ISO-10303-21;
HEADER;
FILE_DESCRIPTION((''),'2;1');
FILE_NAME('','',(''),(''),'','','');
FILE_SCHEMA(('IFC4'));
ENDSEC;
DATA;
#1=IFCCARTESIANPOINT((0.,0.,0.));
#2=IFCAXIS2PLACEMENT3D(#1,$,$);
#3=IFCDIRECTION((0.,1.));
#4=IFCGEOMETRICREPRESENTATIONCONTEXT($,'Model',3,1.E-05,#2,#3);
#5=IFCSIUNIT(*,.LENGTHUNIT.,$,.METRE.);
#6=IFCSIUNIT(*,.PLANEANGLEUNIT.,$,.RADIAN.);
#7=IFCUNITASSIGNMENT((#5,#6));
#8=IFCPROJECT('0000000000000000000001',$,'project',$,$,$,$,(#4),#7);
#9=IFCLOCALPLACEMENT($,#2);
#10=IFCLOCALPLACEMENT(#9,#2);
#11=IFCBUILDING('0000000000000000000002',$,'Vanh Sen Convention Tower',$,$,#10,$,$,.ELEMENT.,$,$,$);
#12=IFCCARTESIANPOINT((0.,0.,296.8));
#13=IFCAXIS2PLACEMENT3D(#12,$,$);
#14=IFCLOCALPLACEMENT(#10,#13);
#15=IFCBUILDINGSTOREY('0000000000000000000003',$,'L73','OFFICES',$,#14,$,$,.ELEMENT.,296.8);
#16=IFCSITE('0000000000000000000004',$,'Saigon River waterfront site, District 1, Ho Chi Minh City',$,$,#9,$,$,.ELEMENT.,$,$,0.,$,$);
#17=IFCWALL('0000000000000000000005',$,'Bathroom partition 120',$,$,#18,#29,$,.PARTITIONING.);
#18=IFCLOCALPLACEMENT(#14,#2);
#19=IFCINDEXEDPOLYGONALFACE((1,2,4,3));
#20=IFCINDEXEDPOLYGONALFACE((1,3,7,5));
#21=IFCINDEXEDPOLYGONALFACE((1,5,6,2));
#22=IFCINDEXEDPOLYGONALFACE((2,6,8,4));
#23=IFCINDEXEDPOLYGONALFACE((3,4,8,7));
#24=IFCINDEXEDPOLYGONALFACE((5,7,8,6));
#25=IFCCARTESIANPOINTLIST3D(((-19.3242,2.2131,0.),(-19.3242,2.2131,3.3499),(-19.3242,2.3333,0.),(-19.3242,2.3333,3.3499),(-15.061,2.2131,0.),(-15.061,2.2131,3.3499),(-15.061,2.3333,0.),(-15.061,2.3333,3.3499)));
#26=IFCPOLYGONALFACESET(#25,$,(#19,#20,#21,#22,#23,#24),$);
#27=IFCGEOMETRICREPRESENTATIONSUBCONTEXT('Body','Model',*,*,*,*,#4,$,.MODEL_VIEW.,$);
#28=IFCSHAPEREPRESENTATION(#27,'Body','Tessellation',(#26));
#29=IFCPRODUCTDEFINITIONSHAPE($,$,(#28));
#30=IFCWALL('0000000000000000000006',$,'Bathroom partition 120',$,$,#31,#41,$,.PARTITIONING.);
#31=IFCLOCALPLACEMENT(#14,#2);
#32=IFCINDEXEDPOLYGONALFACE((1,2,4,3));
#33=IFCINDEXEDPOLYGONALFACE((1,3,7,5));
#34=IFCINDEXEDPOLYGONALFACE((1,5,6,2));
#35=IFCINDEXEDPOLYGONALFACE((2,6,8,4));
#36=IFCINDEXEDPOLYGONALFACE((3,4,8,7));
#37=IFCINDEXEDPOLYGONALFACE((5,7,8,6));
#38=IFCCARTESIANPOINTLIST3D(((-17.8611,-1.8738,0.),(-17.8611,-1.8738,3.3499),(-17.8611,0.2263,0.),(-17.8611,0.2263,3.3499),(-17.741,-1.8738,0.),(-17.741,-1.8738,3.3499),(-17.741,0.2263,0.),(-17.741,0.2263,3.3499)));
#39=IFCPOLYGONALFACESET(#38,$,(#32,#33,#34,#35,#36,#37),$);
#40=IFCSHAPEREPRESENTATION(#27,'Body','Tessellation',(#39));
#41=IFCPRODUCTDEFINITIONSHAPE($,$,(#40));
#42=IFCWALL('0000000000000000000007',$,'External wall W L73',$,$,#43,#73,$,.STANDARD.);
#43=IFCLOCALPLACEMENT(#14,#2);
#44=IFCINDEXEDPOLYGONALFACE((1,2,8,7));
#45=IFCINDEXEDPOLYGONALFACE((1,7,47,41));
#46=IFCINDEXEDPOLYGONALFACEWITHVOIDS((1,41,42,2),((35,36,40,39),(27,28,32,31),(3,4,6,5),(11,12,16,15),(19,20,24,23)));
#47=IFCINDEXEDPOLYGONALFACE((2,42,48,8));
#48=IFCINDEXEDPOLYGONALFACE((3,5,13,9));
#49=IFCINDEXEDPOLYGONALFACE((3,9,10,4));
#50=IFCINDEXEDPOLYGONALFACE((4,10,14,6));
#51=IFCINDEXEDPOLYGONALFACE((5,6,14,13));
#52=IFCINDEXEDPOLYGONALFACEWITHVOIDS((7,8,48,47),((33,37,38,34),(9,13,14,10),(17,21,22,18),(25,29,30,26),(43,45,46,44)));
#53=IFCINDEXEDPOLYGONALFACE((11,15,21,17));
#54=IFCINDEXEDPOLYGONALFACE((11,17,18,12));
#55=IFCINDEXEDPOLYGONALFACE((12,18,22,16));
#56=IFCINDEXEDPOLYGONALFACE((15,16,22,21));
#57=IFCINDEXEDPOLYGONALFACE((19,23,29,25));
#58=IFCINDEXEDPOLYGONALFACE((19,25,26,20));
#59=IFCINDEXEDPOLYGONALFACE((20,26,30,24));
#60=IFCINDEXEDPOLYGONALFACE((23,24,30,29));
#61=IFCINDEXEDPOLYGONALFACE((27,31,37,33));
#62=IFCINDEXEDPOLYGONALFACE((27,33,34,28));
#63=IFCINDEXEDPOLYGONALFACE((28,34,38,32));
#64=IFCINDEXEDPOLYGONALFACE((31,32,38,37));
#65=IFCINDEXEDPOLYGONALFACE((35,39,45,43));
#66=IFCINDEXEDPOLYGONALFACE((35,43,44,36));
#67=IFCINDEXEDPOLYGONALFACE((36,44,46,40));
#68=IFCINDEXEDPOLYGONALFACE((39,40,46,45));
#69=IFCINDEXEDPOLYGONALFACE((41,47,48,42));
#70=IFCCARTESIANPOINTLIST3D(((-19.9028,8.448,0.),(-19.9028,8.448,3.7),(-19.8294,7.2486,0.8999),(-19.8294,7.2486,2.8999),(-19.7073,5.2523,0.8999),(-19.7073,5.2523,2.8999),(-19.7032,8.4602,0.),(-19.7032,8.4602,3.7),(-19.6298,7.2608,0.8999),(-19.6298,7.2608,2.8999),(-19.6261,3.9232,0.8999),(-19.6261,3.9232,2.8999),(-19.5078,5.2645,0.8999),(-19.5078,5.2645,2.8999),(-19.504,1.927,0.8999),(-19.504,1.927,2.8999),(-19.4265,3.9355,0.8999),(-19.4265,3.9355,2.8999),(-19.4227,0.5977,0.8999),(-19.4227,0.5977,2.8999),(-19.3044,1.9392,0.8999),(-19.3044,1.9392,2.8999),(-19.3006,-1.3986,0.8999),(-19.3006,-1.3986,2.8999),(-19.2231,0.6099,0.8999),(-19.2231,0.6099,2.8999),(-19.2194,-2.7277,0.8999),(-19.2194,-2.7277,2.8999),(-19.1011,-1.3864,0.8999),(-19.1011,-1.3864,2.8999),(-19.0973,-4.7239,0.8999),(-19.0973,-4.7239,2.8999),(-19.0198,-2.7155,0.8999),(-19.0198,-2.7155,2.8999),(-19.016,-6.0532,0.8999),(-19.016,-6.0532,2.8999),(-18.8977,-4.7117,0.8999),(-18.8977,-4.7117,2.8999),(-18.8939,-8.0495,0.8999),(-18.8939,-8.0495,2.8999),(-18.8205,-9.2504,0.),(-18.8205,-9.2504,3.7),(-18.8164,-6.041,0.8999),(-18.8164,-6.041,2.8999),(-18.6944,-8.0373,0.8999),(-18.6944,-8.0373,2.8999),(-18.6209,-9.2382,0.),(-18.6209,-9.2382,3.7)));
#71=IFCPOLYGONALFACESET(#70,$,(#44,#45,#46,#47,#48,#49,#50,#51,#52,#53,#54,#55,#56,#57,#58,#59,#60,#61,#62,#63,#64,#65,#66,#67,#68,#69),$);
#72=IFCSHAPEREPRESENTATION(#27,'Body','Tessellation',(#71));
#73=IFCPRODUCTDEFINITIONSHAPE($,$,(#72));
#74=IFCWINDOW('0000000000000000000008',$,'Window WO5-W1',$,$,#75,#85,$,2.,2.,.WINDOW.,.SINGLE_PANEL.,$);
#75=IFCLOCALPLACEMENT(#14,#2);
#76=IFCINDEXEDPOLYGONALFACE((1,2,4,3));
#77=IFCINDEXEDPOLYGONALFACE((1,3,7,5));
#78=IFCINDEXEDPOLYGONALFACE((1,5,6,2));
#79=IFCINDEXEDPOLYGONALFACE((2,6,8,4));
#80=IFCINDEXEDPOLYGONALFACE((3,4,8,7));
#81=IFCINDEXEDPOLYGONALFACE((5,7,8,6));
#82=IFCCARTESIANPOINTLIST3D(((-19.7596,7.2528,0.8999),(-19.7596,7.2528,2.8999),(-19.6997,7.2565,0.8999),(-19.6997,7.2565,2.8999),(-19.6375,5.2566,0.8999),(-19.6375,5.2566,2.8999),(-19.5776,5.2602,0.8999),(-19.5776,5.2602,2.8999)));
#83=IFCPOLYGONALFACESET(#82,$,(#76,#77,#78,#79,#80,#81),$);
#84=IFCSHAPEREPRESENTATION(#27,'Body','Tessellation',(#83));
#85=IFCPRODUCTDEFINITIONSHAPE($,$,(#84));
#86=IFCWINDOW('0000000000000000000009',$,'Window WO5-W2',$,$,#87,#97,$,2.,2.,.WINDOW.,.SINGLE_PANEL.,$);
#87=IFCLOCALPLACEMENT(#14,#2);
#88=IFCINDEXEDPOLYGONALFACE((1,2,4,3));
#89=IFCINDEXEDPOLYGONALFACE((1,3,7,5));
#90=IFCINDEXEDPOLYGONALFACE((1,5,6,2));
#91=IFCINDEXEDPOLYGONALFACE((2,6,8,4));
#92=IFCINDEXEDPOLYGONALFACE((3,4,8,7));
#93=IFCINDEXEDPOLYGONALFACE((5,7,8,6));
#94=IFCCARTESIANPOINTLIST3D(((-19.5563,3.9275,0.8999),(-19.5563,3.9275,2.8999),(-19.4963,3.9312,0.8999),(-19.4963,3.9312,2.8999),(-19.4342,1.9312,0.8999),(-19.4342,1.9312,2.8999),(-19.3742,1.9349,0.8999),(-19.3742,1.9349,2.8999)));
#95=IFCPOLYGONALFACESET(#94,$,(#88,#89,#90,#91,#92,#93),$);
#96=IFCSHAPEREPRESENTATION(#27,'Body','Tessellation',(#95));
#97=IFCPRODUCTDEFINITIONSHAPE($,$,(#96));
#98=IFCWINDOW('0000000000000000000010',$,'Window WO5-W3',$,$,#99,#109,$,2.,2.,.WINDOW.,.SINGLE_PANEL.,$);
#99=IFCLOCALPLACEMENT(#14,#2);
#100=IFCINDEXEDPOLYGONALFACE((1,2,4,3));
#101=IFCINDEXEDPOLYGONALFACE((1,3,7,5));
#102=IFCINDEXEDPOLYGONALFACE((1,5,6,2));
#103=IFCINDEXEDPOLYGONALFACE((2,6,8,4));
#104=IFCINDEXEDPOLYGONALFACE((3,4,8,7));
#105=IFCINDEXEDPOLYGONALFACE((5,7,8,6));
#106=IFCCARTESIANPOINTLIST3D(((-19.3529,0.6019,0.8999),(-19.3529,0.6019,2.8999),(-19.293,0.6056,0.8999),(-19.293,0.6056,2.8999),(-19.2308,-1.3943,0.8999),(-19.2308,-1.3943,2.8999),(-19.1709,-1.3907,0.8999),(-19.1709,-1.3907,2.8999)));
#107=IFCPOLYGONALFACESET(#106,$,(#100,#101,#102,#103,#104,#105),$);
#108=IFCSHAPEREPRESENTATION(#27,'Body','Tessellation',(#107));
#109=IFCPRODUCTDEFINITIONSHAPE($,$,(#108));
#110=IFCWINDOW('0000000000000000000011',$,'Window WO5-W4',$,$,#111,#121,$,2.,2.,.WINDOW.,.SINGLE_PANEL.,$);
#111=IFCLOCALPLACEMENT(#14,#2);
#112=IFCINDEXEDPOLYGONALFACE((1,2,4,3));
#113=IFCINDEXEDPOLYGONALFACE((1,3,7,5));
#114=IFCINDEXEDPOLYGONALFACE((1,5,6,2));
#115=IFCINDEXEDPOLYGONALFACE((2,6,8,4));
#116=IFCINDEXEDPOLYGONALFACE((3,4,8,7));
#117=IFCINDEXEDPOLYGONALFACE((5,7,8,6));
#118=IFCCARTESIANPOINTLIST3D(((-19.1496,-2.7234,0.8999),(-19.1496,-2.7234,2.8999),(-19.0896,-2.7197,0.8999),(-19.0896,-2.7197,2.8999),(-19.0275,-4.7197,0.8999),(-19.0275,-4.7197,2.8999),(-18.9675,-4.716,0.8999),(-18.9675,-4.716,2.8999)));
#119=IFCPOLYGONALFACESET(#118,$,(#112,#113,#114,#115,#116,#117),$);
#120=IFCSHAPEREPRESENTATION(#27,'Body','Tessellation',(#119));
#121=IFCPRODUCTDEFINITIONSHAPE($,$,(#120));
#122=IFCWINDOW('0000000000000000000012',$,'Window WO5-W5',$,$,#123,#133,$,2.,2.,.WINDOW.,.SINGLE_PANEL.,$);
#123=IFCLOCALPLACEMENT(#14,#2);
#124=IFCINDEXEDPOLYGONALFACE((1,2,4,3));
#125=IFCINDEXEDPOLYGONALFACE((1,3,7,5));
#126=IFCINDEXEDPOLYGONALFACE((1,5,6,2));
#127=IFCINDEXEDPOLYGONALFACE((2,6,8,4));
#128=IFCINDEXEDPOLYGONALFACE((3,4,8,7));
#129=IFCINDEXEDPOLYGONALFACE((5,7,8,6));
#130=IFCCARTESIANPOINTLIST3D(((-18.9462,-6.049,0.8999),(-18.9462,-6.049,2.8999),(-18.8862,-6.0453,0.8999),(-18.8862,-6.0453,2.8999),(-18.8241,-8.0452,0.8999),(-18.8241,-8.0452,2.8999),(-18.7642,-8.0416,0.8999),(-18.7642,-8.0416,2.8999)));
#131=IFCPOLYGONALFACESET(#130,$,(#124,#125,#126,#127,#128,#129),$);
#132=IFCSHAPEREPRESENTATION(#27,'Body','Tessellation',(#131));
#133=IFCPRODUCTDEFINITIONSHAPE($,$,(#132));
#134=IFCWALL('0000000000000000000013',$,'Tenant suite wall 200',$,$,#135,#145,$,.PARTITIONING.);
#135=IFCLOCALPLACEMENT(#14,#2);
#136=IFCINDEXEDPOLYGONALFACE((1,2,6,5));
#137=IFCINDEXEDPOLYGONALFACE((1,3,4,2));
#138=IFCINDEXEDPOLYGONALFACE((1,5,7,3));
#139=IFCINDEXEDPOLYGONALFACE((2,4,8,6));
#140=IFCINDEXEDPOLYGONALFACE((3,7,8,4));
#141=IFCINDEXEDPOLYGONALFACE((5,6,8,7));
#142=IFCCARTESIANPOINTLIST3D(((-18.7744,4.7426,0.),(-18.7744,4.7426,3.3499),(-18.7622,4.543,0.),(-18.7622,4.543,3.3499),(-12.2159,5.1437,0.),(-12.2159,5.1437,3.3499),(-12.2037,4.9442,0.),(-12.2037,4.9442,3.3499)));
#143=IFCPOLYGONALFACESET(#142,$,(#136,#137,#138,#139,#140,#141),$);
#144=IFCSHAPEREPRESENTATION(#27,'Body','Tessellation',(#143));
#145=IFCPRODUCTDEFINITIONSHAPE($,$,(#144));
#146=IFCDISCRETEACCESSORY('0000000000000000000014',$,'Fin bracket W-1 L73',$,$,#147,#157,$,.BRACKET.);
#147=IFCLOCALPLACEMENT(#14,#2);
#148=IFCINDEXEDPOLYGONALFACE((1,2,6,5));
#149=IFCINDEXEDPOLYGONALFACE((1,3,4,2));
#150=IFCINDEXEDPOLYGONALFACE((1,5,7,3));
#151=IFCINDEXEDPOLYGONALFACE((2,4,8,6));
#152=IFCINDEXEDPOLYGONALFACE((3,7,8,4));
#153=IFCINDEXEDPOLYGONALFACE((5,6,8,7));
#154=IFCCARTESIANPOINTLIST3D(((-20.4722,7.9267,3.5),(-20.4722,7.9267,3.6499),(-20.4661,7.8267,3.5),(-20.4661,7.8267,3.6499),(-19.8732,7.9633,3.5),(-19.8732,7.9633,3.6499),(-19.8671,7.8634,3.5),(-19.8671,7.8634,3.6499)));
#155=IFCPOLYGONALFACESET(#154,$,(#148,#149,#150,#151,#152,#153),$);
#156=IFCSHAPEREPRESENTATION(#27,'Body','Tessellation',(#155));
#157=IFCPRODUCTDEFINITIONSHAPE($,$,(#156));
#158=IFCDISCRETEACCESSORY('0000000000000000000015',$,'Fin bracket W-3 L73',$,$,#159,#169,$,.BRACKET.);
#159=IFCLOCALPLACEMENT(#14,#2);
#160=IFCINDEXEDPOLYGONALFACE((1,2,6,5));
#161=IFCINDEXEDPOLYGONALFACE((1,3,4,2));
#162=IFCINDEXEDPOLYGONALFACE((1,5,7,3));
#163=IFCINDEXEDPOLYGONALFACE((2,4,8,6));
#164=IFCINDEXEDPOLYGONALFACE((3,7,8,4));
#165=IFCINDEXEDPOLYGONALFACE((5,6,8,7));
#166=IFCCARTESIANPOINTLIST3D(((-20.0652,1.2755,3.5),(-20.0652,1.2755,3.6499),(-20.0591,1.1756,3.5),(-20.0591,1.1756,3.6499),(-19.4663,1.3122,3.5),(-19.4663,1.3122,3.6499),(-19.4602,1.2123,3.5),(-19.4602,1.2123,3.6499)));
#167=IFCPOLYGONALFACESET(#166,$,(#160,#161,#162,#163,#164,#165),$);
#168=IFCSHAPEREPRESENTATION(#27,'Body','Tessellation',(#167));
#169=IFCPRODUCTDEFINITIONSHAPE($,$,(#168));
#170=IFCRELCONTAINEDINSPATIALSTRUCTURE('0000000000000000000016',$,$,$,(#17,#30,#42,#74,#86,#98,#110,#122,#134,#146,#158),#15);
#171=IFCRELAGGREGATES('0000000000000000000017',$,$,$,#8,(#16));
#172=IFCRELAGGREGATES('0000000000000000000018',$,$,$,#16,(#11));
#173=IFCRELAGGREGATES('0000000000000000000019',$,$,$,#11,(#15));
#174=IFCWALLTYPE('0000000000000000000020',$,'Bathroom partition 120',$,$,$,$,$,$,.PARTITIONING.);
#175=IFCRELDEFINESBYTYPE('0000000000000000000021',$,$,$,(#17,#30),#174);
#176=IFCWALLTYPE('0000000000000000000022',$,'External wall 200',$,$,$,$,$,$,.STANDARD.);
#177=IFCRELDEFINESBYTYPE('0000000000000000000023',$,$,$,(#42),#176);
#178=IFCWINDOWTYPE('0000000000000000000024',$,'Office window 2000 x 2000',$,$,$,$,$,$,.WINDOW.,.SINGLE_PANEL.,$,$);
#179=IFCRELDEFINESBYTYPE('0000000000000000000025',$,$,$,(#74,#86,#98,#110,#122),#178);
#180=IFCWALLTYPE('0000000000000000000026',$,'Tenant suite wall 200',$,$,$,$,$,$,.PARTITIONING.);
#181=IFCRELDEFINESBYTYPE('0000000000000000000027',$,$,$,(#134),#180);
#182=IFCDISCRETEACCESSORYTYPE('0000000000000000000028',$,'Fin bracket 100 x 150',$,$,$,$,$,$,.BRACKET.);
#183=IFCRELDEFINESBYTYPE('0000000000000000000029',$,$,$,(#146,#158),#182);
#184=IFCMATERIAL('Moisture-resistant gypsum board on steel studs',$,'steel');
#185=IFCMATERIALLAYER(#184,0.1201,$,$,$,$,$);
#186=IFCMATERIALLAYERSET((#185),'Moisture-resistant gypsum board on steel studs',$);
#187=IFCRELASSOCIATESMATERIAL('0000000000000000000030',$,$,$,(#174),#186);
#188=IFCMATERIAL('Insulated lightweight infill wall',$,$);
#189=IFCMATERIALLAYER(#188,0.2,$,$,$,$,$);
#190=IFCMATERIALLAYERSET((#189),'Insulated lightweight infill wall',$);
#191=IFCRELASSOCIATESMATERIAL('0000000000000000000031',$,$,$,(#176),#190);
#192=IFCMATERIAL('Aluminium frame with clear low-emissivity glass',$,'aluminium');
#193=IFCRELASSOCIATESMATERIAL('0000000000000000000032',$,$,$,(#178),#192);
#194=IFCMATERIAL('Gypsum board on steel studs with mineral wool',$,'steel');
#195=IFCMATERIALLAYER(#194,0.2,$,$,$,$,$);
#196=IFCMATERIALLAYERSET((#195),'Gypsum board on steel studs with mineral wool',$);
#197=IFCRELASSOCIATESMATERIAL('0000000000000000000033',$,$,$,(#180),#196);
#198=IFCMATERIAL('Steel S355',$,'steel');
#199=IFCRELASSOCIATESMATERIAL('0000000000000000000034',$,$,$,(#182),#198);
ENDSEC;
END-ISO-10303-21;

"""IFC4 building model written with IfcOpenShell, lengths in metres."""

from ifc_helpers import new_model, si_unit, direction, frame, frame_2d, origin, origin_2d, place, context, subcontext, project, spatial, rectangle, extrude, material, layer, layer_set, type_object, element, fill, save


model = new_model("IFC4")

# Units and contexts
model_context = context("Model", 3, precision=1e-05, world=origin(), true_north=direction((0.0, 1.0)))
body_context = subcontext(model_context, "Body", "Model", "MODEL_VIEW")
ifc_project = project(units=[si_unit("LENGTHUNIT", "METRE"), si_unit("PLANEANGLEUNIT", "RADIAN")], contexts=[model_context])

# Site, building, storey
site_placement = place(None, origin())
site = spatial("IfcSite", under=ifc_project, at=site_placement, Name="Saigon River waterfront site, District 1, Ho Chi Minh City", CompositionType="ELEMENT", RefElevation=0.0)
building_placement = place(site_placement, origin())
building = spatial("IfcBuilding", under=site, at=building_placement, Name="Vanh Sen Convention Tower", CompositionType="ELEMENT")
storey_placement = place(building_placement, frame((0.0, 0.0, 296.8)))
storey = spatial("IfcBuildingStorey", under=building, at=storey_placement, Name="L73", Description="OFFICES", CompositionType="ELEMENT", Elevation=296.8)

# Walls
ifc_material_1 = material(Name="Moisture-resistant gypsum board on steel studs", Category="steel")
ifc_layer_1 = layer(ifc_material_1, 0.1201)
ifc_layer_set_1 = layer_set([ifc_layer_1], Name="Moisture-resistant gypsum board on steel studs")
wall_type_1 = type_object("IfcWallType", Name="Bathroom partition 120", PredefinedType="PARTITIONING", material=ifc_layer_set_1)
wall_1_placement = place(storey_placement, frame((-19.3242, 2.2732, 0.0), z_axis=(0.0, 0.0, 1.0), x_axis=(1.0, 0.0, 0.0)))
element("IfcWall", 1, at=wall_1_placement, inside=storey, type_object=wall_type_1, Name="Bathroom partition 120", PredefinedType="PARTITIONING", context=body_context, shape_type="SweptSolid", body=[
    extrude(rectangle(XDim=4.2632, YDim=0.1201, at=frame_2d((2.1316, 0.0))), origin(), (0.0, 0.0, 1.0), 3.3499),
])
wall_2_placement = place(storey_placement, frame((-17.801, 0.2263, 0.0), z_axis=(0.0, 0.0, 1.0), x_axis=(0.0, -1.0, 0.0)))
element("IfcWall", 2, at=wall_2_placement, inside=storey, type_object=wall_type_1, Name="Bathroom partition 120", PredefinedType="PARTITIONING", context=body_context, shape_type="SweptSolid", body=[
    extrude(rectangle(XDim=2.1001, YDim=0.1201, at=frame_2d((1.05, 0.0))), origin(), (0.0, 0.0, 1.0), 3.3499),
])

# Wall, openings, windows
ifc_material_2 = material(Name="Insulated lightweight infill wall")
ifc_layer_2 = layer(ifc_material_2, 0.2)
ifc_layer_set_2 = layer_set([ifc_layer_2], Name="Insulated lightweight infill wall")
wall_type_2 = type_object("IfcWallType", Name="External wall 200", PredefinedType="STANDARD", material=ifc_layer_set_2)
wall_3_placement = place(storey_placement, frame((-19.803, 8.4541, 0.0), z_axis=(0.0, 0.0, 1.0), x_axis=(0.061037, -0.998136, 0.0)))
wall_3 = element("IfcWall", 3, at=wall_3_placement, inside=storey, type_object=wall_type_2, Name="External wall W L73", PredefinedType="STANDARD", context=body_context, shape_type="SweptSolid", body=[
    extrude(rectangle(XDim=17.7314, YDim=0.2, at=frame_2d((8.8657, 0.0))), origin(), (0.0, 0.0, 1.0), 3.7),
])
opening_1_placement = place(wall_3_placement, frame((1.2017, 0.0, 0.8999)))
opening_1 = element("IfcOpeningElement", 4, at=opening_1_placement, cuts=wall_3, PredefinedType="OPENING", context=body_context, shape_type="SweptSolid", body=[
    extrude(rectangle(XDim=2.0, YDim=2.0, at=frame_2d((1.0, 1.0))), frame((0.0, 0.1099, 0.0), z_axis=(0.0, -1.0, 0.0), x_axis=(1.0, 0.0, 0.0)), (0.0, 0.0, 1.0), 0.22),
])
opening_2_placement = place(wall_3_placement, frame((4.5332, 0.0, 0.8999)))
opening_2 = element("IfcOpeningElement", 5, at=opening_2_placement, cuts=wall_3, PredefinedType="OPENING", context=body_context, shape_type="SweptSolid", body=[
    extrude(rectangle(XDim=2.0, YDim=2.0, at=frame_2d((1.0, 1.0))), frame((0.0, 0.1099, 0.0), z_axis=(0.0, -1.0, 0.0), x_axis=(1.0, 0.0, 0.0)), (0.0, 0.0, 1.0), 0.22),
])
opening_3_placement = place(wall_3_placement, frame((7.865, 0.0, 0.8999)))
opening_3 = element("IfcOpeningElement", 6, at=opening_3_placement, cuts=wall_3, PredefinedType="OPENING", context=body_context, shape_type="SweptSolid", body=[
    extrude(rectangle(XDim=2.0, YDim=2.0, at=frame_2d((1.0, 1.0))), frame((0.0, 0.1099, 0.0), z_axis=(0.0, -1.0, 0.0), x_axis=(1.0, 0.0, 0.0)), (0.0, 0.0, 1.0), 0.22),
])
opening_4_placement = place(wall_3_placement, frame((11.1965, 0.0, 0.8999)))
opening_4 = element("IfcOpeningElement", 7, at=opening_4_placement, cuts=wall_3, PredefinedType="OPENING", context=body_context, shape_type="SweptSolid", body=[
    extrude(rectangle(XDim=2.0, YDim=2.0, at=frame_2d((1.0, 1.0))), frame((0.0, 0.1099, 0.0), z_axis=(0.0, -1.0, 0.0), x_axis=(1.0, 0.0, 0.0)), (0.0, 0.0, 1.0), 0.22),
])
opening_5_placement = place(wall_3_placement, frame((14.5283, 0.0, 0.8999)))
opening_5 = element("IfcOpeningElement", 8, at=opening_5_placement, cuts=wall_3, PredefinedType="OPENING", context=body_context, shape_type="SweptSolid", body=[
    extrude(rectangle(XDim=2.0, YDim=2.0, at=frame_2d((1.0, 1.0))), frame((0.0, 0.1099, 0.0), z_axis=(0.0, -1.0, 0.0), x_axis=(1.0, 0.0, 0.0)), (0.0, 0.0, 1.0), 0.22),
])
ifc_material_3 = material(Name="Aluminium frame with clear low-emissivity glass", Category="aluminium")
window_type = type_object("IfcWindowType", Name="Office window 2000 x 2000", PartitioningType="SINGLE_PANEL", PredefinedType="WINDOW", material=ifc_material_3)
window_1_placement = place(opening_1_placement, origin())
window_1 = element("IfcWindow", 9, at=window_1_placement, inside=storey, type_object=window_type, Name="Window WO5-W1", OverallHeight=2.0, OverallWidth=2.0, PartitioningType="SINGLE_PANEL", PredefinedType="WINDOW", context=body_context, shape_type="SweptSolid", body=[
    extrude(rectangle(XDim=2.0, YDim=2.0, at=frame_2d((1.0, 1.0))), frame((0.0, 0.03, 0.0), z_axis=(0.0, -1.0, 0.0), x_axis=(1.0, 0.0, 0.0)), (0.0, 0.0, 1.0), 0.0601),
])
fill(opening_1, window_1)
window_2_placement = place(opening_2_placement, origin())
window_2 = element("IfcWindow", 10, at=window_2_placement, inside=storey, type_object=window_type, Name="Window WO5-W2", OverallHeight=2.0, OverallWidth=2.0, PartitioningType="SINGLE_PANEL", PredefinedType="WINDOW", context=body_context, shape_type="SweptSolid", body=[
    extrude(rectangle(XDim=2.0, YDim=2.0, at=frame_2d((1.0, 1.0))), frame((0.0, 0.03, 0.0), z_axis=(0.0, -1.0, 0.0), x_axis=(1.0, 0.0, 0.0)), (0.0, 0.0, 1.0), 0.0601),
])
fill(opening_2, window_2)
window_3_placement = place(opening_3_placement, origin())
window_3 = element("IfcWindow", 11, at=window_3_placement, inside=storey, type_object=window_type, Name="Window WO5-W3", OverallHeight=2.0, OverallWidth=2.0, PartitioningType="SINGLE_PANEL", PredefinedType="WINDOW", context=body_context, shape_type="SweptSolid", body=[
    extrude(rectangle(XDim=2.0, YDim=2.0, at=frame_2d((1.0, 1.0))), frame((0.0, 0.03, 0.0), z_axis=(0.0, -1.0, 0.0), x_axis=(1.0, 0.0, 0.0)), (0.0, 0.0, 1.0), 0.0601),
])
fill(opening_3, window_3)
window_4_placement = place(opening_4_placement, origin())
window_4 = element("IfcWindow", 12, at=window_4_placement, inside=storey, type_object=window_type, Name="Window WO5-W4", OverallHeight=2.0, OverallWidth=2.0, PartitioningType="SINGLE_PANEL", PredefinedType="WINDOW", context=body_context, shape_type="SweptSolid", body=[
    extrude(rectangle(XDim=2.0, YDim=2.0, at=frame_2d((1.0, 1.0))), frame((0.0, 0.03, 0.0), z_axis=(0.0, -1.0, 0.0), x_axis=(1.0, 0.0, 0.0)), (0.0, 0.0, 1.0), 0.0601),
])
fill(opening_4, window_4)
window_5_placement = place(opening_5_placement, origin())
window_5 = element("IfcWindow", 13, at=window_5_placement, inside=storey, type_object=window_type, Name="Window WO5-W5", OverallHeight=2.0, OverallWidth=2.0, PartitioningType="SINGLE_PANEL", PredefinedType="WINDOW", context=body_context, shape_type="SweptSolid", body=[
    extrude(rectangle(XDim=2.0, YDim=2.0, at=frame_2d((1.0, 1.0))), frame((0.0, 0.03, 0.0), z_axis=(0.0, -1.0, 0.0), x_axis=(1.0, 0.0, 0.0)), (0.0, 0.0, 1.0), 0.0601),
])
fill(opening_5, window_5)

# Wall
ifc_material_4 = material(Name="Gypsum board on steel studs with mineral wool", Category="steel")
ifc_layer_3 = layer(ifc_material_4, 0.2)
ifc_layer_set_3 = layer_set([ifc_layer_3], Name="Gypsum board on steel studs with mineral wool")
wall_type_3 = type_object("IfcWallType", Name="Tenant suite wall 200", PredefinedType="PARTITIONING", material=ifc_layer_set_3)
wall_4_placement = place(storey_placement, frame((-18.7683, 4.6428, 0.0), z_axis=(0.0, 0.0, 1.0), x_axis=(0.998135, 0.061046, 0.0)))
element("IfcWall", 14, at=wall_4_placement, inside=storey, type_object=wall_type_3, Name="Tenant suite wall 200", PredefinedType="PARTITIONING", context=body_context, shape_type="SweptSolid", body=[
    extrude(rectangle(XDim=6.5708, YDim=0.2, at=frame_2d((3.2854, 0.0))), origin(), (0.0, 0.0, 1.0), 3.3499),
])

# Discrete accessories
ifc_material_5 = material(Name="Steel S355", Category="steel")
discrete_accessory_type = type_object("IfcDiscreteAccessoryType", Name="Fin bracket 100 x 150", PredefinedType="BRACKET", material=ifc_material_5)
for number, where, z_axis, x_axis, name in (
    (15, (-20.1697, 7.895, 3.5), (0.0, 0.0, 1.0), (-0.998135, -0.061049, 0.0), "Fin bracket W-1 L73"),
    (16, (-19.7627, 1.2439, 3.5), (0.0, 0.0, 1.0), (-0.998135, -0.061049, 0.0), "Fin bracket W-3 L73"),
):
    element("IfcDiscreteAccessory", number, at=place(storey_placement, frame(where, z_axis=z_axis, x_axis=x_axis)), inside=storey, type_object=discrete_accessory_type, Name=name, PredefinedType="BRACKET", context=body_context, shape_type="SweptSolid", body=[
        extrude(rectangle(XDim=0.6001, YDim=0.1001, at=origin_2d()), origin(), (0.0, 0.0, 1.0), 0.1499),
    ])

save(model, "model.ifc")
